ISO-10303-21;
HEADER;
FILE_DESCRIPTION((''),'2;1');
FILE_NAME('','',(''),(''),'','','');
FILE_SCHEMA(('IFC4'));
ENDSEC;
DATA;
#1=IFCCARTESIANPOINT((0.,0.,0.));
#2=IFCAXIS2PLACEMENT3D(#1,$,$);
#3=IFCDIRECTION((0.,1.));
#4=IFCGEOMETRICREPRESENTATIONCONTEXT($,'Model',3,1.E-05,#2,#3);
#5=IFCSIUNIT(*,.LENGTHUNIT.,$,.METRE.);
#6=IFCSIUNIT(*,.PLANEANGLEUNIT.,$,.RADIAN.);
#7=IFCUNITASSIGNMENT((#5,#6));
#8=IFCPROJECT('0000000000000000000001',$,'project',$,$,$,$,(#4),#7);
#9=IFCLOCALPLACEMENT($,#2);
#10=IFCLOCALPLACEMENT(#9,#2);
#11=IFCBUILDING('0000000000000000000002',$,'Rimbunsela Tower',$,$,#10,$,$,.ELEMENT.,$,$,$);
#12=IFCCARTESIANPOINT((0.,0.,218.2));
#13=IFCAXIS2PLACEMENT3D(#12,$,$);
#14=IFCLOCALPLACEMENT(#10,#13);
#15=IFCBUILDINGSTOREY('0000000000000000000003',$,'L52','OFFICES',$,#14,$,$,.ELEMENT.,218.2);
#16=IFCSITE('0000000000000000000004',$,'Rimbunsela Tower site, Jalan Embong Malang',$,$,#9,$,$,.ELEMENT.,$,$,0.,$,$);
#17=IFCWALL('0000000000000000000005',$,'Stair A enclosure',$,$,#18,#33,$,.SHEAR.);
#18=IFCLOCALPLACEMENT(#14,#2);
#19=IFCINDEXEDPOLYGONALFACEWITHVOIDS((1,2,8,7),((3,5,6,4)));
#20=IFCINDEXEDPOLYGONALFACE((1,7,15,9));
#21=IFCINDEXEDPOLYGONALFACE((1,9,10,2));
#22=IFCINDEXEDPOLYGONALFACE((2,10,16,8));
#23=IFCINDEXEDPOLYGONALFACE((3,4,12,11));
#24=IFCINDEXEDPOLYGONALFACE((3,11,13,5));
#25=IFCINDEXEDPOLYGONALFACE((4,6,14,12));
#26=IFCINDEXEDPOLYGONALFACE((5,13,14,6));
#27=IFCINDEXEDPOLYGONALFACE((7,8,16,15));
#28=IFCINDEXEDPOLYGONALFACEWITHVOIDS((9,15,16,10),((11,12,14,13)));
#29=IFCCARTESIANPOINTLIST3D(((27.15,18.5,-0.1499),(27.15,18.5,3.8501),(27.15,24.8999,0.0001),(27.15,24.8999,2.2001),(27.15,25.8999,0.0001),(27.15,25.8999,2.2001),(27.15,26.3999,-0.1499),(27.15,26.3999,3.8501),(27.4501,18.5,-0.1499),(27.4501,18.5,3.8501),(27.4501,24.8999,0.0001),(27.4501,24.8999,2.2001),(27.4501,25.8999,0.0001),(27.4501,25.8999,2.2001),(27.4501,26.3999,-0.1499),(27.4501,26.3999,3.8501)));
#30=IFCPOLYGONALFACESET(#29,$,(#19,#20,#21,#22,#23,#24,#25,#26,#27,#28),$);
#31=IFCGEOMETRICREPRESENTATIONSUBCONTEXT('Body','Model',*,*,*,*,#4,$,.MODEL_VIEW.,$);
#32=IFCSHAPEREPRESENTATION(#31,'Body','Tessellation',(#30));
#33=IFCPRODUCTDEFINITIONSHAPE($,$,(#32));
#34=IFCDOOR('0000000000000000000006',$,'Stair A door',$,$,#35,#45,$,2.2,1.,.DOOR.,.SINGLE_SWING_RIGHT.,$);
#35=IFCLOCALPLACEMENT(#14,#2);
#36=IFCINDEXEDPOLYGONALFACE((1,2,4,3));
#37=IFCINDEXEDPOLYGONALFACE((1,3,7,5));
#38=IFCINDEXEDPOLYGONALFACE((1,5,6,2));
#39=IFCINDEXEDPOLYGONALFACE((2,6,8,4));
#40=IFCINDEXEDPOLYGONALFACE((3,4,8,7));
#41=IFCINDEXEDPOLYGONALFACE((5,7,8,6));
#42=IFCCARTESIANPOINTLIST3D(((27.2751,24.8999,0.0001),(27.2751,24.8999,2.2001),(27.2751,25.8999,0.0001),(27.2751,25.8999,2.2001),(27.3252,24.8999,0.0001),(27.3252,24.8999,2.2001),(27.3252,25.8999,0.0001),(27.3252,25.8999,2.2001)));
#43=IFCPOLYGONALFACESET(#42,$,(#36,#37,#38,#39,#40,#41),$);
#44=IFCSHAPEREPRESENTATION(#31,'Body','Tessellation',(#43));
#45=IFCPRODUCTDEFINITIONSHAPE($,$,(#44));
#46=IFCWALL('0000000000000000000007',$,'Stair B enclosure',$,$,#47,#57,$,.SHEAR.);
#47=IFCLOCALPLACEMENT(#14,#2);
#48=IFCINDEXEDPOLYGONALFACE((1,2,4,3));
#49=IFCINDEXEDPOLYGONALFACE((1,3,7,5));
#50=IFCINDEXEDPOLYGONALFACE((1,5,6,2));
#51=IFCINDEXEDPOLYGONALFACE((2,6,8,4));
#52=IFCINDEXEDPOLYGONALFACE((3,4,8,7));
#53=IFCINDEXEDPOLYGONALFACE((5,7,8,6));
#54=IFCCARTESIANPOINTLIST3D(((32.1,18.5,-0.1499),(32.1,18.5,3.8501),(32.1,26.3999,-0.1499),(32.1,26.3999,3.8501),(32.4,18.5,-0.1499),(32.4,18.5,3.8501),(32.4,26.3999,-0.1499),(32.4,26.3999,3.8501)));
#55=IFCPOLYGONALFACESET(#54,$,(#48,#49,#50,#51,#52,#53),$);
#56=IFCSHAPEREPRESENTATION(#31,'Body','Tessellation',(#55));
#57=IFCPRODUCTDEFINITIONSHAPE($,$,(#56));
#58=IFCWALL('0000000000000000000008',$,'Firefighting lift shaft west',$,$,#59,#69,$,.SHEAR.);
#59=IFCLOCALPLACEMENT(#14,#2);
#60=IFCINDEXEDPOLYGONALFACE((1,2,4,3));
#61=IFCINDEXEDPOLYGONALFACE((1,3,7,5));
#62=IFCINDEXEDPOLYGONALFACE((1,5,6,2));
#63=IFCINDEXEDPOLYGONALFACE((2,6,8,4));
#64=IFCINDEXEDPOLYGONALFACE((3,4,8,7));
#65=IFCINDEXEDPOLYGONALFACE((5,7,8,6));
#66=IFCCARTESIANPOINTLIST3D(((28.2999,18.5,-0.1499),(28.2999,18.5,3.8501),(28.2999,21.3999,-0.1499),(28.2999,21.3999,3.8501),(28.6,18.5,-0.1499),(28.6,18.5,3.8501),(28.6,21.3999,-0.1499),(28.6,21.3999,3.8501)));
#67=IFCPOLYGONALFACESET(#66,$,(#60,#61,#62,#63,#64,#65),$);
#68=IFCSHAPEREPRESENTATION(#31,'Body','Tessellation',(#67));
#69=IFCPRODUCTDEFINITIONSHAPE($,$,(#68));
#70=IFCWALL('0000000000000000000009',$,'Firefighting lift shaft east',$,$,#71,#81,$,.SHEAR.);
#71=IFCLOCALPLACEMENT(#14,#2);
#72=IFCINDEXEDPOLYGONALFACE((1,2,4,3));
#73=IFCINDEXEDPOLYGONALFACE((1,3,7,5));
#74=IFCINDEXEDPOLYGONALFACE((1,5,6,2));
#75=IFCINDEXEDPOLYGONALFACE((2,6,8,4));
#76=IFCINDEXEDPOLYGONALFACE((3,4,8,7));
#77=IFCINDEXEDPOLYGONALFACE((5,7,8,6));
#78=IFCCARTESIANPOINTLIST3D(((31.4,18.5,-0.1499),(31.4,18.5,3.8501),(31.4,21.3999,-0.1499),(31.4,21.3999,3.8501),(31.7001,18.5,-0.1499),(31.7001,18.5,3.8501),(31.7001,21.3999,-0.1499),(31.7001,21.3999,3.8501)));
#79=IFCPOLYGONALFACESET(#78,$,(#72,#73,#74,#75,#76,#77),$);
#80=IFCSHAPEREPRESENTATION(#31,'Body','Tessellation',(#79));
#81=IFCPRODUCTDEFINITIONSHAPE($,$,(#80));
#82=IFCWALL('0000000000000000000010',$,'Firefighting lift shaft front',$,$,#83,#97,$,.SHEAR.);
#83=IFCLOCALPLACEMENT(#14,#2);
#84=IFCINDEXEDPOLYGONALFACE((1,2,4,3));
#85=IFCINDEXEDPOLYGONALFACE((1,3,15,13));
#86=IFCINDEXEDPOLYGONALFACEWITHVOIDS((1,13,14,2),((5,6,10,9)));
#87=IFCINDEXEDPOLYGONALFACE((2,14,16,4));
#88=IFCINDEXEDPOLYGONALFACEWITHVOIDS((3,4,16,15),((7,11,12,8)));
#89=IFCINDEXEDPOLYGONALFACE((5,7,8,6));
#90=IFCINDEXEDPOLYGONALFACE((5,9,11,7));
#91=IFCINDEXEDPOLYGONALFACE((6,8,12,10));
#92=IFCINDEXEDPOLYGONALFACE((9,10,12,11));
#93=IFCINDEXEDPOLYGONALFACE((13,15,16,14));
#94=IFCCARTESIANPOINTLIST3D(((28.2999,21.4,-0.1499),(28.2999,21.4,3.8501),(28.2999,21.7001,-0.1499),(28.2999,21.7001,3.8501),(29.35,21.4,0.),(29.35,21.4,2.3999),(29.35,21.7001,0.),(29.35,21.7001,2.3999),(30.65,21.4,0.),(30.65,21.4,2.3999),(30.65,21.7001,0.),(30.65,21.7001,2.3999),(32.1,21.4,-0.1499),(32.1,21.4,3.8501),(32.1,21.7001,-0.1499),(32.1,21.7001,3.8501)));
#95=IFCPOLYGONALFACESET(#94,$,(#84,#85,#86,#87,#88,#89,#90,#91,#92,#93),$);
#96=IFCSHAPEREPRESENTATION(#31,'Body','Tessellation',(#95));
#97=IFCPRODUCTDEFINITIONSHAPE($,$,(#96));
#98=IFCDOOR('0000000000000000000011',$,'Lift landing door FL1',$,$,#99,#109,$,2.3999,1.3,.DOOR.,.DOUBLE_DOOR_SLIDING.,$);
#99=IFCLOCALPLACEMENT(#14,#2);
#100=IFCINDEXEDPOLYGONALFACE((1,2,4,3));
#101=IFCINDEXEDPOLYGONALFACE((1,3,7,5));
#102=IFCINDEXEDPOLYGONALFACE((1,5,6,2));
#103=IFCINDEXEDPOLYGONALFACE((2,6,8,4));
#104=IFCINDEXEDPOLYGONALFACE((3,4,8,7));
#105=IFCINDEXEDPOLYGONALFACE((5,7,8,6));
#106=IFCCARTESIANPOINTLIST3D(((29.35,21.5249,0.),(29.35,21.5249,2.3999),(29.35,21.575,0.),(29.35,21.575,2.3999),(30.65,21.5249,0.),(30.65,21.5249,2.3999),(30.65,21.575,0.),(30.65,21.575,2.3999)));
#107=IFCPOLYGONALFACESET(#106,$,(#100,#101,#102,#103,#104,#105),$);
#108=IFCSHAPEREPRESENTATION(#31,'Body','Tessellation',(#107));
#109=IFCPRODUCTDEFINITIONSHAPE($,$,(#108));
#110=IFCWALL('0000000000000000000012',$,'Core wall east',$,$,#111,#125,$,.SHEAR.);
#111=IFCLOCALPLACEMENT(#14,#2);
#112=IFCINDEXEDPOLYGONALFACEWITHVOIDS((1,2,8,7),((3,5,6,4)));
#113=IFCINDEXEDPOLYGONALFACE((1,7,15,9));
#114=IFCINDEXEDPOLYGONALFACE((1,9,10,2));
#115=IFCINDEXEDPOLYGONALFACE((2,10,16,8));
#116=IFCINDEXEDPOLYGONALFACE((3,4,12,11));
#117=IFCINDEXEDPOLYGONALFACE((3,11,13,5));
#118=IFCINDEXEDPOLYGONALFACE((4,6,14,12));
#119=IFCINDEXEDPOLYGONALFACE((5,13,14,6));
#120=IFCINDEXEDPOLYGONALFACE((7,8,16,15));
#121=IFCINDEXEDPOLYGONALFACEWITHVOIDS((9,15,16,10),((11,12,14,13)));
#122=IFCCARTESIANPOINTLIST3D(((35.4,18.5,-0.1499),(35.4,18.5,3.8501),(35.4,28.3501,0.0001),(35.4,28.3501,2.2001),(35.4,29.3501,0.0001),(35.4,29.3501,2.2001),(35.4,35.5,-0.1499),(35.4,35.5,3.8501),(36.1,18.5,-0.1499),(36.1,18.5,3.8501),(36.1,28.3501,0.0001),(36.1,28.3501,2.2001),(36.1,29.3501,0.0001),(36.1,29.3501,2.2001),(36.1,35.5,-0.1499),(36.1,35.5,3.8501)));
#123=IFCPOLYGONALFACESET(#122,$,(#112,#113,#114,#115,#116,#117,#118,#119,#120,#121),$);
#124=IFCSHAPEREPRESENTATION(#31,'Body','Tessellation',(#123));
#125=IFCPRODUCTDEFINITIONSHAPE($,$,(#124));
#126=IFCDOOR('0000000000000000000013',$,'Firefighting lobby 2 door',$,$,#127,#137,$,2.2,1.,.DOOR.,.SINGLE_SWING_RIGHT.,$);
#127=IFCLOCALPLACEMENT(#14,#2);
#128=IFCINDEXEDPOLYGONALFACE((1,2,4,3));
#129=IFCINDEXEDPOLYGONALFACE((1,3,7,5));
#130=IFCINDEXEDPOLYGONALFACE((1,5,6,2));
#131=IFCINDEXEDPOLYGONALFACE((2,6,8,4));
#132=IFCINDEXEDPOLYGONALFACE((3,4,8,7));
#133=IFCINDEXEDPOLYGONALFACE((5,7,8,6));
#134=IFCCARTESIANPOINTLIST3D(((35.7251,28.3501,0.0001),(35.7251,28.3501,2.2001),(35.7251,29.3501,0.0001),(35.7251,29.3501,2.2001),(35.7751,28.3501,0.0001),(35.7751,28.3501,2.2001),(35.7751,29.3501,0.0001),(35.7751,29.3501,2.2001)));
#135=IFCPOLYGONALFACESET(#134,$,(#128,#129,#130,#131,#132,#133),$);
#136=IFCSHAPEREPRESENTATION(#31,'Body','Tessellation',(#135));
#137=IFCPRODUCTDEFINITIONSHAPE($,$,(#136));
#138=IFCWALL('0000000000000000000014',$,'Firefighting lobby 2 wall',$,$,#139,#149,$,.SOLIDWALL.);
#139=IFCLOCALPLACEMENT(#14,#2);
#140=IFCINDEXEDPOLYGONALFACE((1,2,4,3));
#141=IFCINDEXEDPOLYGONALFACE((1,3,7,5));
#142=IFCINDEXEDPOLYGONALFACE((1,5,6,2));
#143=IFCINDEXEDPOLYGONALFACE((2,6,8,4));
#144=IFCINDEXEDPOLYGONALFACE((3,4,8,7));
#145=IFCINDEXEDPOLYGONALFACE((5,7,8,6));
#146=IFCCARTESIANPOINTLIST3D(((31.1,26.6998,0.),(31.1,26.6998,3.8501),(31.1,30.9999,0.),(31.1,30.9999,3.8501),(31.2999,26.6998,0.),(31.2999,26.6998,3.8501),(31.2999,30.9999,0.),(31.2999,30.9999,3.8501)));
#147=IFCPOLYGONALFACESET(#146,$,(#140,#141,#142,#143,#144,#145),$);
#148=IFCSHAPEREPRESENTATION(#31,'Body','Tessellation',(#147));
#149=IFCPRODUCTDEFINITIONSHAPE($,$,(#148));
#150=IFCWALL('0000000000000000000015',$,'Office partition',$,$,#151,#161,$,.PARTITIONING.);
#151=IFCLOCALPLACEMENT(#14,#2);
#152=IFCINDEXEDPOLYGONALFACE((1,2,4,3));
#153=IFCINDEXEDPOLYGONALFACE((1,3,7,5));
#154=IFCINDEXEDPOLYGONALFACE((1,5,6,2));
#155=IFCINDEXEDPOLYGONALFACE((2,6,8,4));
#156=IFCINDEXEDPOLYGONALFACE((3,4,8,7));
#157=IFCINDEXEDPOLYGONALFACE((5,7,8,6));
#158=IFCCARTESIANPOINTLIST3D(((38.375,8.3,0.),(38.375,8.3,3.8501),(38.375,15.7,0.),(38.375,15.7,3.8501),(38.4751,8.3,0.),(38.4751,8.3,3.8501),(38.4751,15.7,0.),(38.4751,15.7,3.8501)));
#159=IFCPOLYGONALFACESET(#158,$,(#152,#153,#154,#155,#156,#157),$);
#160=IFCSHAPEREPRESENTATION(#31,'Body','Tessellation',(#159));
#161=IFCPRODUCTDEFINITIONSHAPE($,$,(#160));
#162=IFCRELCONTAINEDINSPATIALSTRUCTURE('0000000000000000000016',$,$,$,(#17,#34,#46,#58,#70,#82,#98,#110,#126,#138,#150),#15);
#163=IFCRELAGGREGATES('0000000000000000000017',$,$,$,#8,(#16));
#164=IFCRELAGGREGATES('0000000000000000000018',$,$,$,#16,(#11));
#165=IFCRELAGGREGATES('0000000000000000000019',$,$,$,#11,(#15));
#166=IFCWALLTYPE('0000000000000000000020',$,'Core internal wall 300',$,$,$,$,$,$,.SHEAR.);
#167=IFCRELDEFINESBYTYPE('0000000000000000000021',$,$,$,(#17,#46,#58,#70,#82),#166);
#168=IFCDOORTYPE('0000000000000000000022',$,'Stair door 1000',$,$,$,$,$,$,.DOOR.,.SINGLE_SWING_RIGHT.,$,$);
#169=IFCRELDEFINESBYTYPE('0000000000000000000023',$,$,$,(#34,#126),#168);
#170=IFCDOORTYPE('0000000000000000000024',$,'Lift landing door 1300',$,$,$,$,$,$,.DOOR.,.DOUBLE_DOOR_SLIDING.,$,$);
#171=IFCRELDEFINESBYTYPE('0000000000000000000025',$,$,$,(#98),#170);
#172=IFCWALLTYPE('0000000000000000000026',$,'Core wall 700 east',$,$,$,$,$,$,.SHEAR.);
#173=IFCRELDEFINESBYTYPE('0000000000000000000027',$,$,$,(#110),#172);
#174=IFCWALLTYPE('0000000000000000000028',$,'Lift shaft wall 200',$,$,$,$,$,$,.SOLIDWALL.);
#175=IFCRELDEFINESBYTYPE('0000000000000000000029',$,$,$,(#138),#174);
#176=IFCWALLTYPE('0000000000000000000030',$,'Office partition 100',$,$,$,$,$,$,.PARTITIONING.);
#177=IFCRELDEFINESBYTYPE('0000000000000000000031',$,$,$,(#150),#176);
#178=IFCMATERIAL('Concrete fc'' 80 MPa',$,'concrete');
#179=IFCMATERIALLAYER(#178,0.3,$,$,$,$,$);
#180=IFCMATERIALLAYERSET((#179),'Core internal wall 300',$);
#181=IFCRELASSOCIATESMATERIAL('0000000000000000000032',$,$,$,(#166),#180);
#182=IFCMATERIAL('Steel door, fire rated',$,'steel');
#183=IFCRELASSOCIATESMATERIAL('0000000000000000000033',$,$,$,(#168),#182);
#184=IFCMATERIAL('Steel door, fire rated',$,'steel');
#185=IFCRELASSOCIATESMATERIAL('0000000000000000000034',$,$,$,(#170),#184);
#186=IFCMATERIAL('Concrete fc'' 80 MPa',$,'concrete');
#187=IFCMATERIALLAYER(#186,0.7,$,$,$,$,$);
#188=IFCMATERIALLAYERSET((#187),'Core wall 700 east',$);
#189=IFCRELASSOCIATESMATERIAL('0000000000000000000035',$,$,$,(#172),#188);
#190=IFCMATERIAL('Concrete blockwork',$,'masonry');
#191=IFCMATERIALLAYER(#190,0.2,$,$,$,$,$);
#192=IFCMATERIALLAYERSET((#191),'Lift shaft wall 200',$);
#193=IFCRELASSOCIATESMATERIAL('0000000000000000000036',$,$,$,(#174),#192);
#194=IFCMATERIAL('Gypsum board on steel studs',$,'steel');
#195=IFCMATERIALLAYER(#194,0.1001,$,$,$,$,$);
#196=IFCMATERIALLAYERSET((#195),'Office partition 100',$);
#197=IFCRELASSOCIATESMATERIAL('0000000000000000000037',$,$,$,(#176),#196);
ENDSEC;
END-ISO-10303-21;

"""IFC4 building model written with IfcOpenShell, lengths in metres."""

from ifc_helpers import new_model, si_unit, direction, frame, frame_2d, origin, place, context, subcontext, project, spatial, rectangle, extrude, material, layer, layer_set, type_object, element, fill, save


model = new_model("IFC4")

# Units and contexts
model_context = context("Model", 3, precision=1e-05, world=origin(), true_north=direction((0.0, 1.0)))
body_context = subcontext(model_context, "Body", "Model", "MODEL_VIEW")
ifc_project = project(units=[si_unit("LENGTHUNIT", "METRE"), si_unit("PLANEANGLEUNIT", "RADIAN")], contexts=[model_context])

# Site, building, storey
site_placement = place(None, origin())
site = spatial("IfcSite", under=ifc_project, at=site_placement, Name="Rimbunsela Tower site, Jalan Embong Malang", CompositionType="ELEMENT", RefElevation=0.0)
building_placement = place(site_placement, origin())
building = spatial("IfcBuilding", under=site, at=building_placement, Name="Rimbunsela Tower", CompositionType="ELEMENT")
storey_placement = place(building_placement, frame((0.0, 0.0, 218.2)))
storey = spatial("IfcBuildingStorey", under=building, at=storey_placement, Name="L52", Description="OFFICES", CompositionType="ELEMENT", Elevation=218.2)

# Shared definitions
ifc_material_1 = material(Name="Concrete fc' 80 MPa", Category="concrete")
ifc_layer_1 = layer(ifc_material_1, 0.3)
ifc_layer_set_1 = layer_set([ifc_layer_1], Name="Core internal wall 300")
wall_type_1 = type_object("IfcWallType", Name="Core internal wall 300", PredefinedType="SHEAR", material=ifc_layer_set_1)

# Shared definitions
ifc_material_2 = material(Name="Steel door, fire rated", Category="steel")
door_type_1 = type_object("IfcDoorType", Name="Stair door 1000", OperationType="SINGLE_SWING_RIGHT", PredefinedType="DOOR", material=ifc_material_2)

# Wall, opening, door
wall_1_placement = place(storey_placement, frame((27.3, 18.5, -0.1499), z_axis=(0.0, 0.0, 1.0), x_axis=(0.0, 1.0, 0.0)))
wall_1 = element("IfcWall", 1, at=wall_1_placement, inside=storey, type_object=wall_type_1, Name="Stair A enclosure", PredefinedType="SHEAR", context=body_context, shape_type="SweptSolid", body=[
    extrude(rectangle(XDim=7.8999, YDim=0.3, at=frame_2d((3.95, 0.0))), origin(), (0.0, 0.0, 1.0), 4.0),
])
opening_1_placement = place(wall_1_placement, frame((6.3999, 0.0, 0.1499)))
opening_1 = element("IfcOpeningElement", 2, at=opening_1_placement, cuts=wall_1, PredefinedType="OPENING", context=body_context, shape_type="SweptSolid", body=[
    extrude(rectangle(XDim=1.0, YDim=2.2, at=frame_2d((0.5, 1.1001))), frame((0.0, 0.1599, 0.0), z_axis=(0.0, -1.0, 0.0), x_axis=(1.0, 0.0, 0.0)), (0.0, 0.0, 1.0), 0.3201),
])
door_1_placement = place(opening_1_placement, origin())
door_1 = element("IfcDoor", 3, at=door_1_placement, inside=storey, type_object=door_type_1, Name="Stair A door", OperationType="SINGLE_SWING_RIGHT", OverallHeight=2.2, OverallWidth=1.0, PredefinedType="DOOR", context=body_context, shape_type="SweptSolid", body=[
    extrude(rectangle(XDim=1.0, YDim=2.2, at=frame_2d((0.5, 1.1001))), frame((0.0, 0.0249, 0.0), z_axis=(0.0, -1.0, 0.0), x_axis=(1.0, 0.0, 0.0)), (0.0, 0.0, 1.0), 0.05),
])
fill(opening_1, door_1)

# Walls
wall_2_placement = place(storey_placement, frame((32.25, 18.5, -0.1499), z_axis=(0.0, 0.0, 1.0), x_axis=(0.0, 1.0, 0.0)))
element("IfcWall", 4, at=wall_2_placement, inside=storey, type_object=wall_type_1, Name="Stair B enclosure", PredefinedType="SHEAR", context=body_context, shape_type="SweptSolid", body=[
    extrude(rectangle(XDim=7.8999, YDim=0.3, at=frame_2d((3.95, 0.0))), origin(), (0.0, 0.0, 1.0), 4.0),
])
for number, where, z_axis, x_axis, name in (
    (5, (28.45, 18.5, -0.1499), (0.0, 0.0, 1.0), (0.0, 1.0, 0.0), "Firefighting lift shaft west"),
    (6, (31.55, 18.5, -0.1499), (0.0, 0.0, 1.0), (0.0, 1.0, 0.0), "Firefighting lift shaft east"),
):
    element("IfcWall", number, at=place(storey_placement, frame(where, z_axis=z_axis, x_axis=x_axis)), inside=storey, type_object=wall_type_1, Name=name, PredefinedType="SHEAR", context=body_context, shape_type="SweptSolid", body=[
        extrude(rectangle(XDim=2.8999, YDim=0.3, at=frame_2d((1.45, 0.0))), origin(), (0.0, 0.0, 1.0), 4.0),
    ])

# Walls, openings, doors
wall_3_placement = place(storey_placement, frame((28.3, 21.55, -0.1499), z_axis=(0.0, 0.0, 1.0), x_axis=(1.0, 0.0, 0.0)))
wall_3 = element("IfcWall", 7, at=wall_3_placement, inside=storey, type_object=wall_type_1, Name="Firefighting lift shaft front", PredefinedType="SHEAR", context=body_context, shape_type="SweptSolid", body=[
    extrude(rectangle(XDim=3.8, YDim=0.3, at=frame_2d((1.8999, 0.0))), origin(), (0.0, 0.0, 1.0), 4.0),
])
opening_2_placement = place(wall_3_placement, frame((1.05, 0.0, 0.1499)))
opening_2 = element("IfcOpeningElement", 8, at=opening_2_placement, cuts=wall_3, PredefinedType="OPENING", context=body_context, shape_type="SweptSolid", body=[
    extrude(rectangle(XDim=1.3, YDim=2.3999, at=frame_2d((0.6499, 1.2))), frame((0.0, 0.1599, 0.0), z_axis=(0.0, -1.0, 0.0), x_axis=(1.0, 0.0, 0.0)), (0.0, 0.0, 1.0), 0.3201),
])
ifc_material_3 = material(Name="Steel door, fire rated", Category="steel")
door_type_2 = type_object("IfcDoorType", Name="Lift landing door 1300", OperationType="DOUBLE_DOOR_SLIDING", PredefinedType="DOOR", material=ifc_material_3)
door_2_placement = place(opening_2_placement, origin())
door_2 = element("IfcDoor", 9, at=door_2_placement, inside=storey, type_object=door_type_2, Name="Lift landing door FL1", OperationType="DOUBLE_DOOR_SLIDING", OverallHeight=2.3999, OverallWidth=1.3, PredefinedType="DOOR", context=body_context, shape_type="SweptSolid", body=[
    extrude(rectangle(XDim=1.3, YDim=2.3999, at=frame_2d((0.6499, 1.2))), frame((0.0, 0.0249, 0.0), z_axis=(0.0, -1.0, 0.0), x_axis=(1.0, 0.0, 0.0)), (0.0, 0.0, 1.0), 0.05),
])
fill(opening_2, door_2)
ifc_material_4 = material(Name="Concrete fc' 80 MPa", Category="concrete")
ifc_layer_2 = layer(ifc_material_4, 0.7)
ifc_layer_set_2 = layer_set([ifc_layer_2], Name="Core wall 700 east")
wall_type_2 = type_object("IfcWallType", Name="Core wall 700 east", PredefinedType="SHEAR", material=ifc_layer_set_2)
wall_4_placement = place(storey_placement, frame((35.75, 18.5, -0.1499), z_axis=(0.0, 0.0, 1.0), x_axis=(0.0, 1.0, 0.0)))
wall_4 = element("IfcWall", 10, at=wall_4_placement, inside=storey, type_object=wall_type_2, Name="Core wall east", PredefinedType="SHEAR", context=body_context, shape_type="SweptSolid", body=[
    extrude(rectangle(XDim=17.0, YDim=0.7, at=frame_2d((8.5, 0.0))), origin(), (0.0, 0.0, 1.0), 4.0),
])
opening_3_placement = place(wall_4_placement, frame((9.8501, 0.0, 0.1499)))
opening_3 = element("IfcOpeningElement", 11, at=opening_3_placement, cuts=wall_4, PredefinedType="OPENING", context=body_context, shape_type="SweptSolid", body=[
    extrude(rectangle(XDim=1.0, YDim=2.2, at=frame_2d((0.5, 1.1001))), frame((0.0, 0.3599, 0.0), z_axis=(0.0, -1.0, 0.0), x_axis=(1.0, 0.0, 0.0)), (0.0, 0.0, 1.0), 0.72),
])
door_3_placement = place(opening_3_placement, origin())
door_3 = element("IfcDoor", 12, at=door_3_placement, inside=storey, type_object=door_type_1, Name="Firefighting lobby 2 door", OperationType="SINGLE_SWING_RIGHT", OverallHeight=2.2, OverallWidth=1.0, PredefinedType="DOOR", context=body_context, shape_type="SweptSolid", body=[
    extrude(rectangle(XDim=1.0, YDim=2.2, at=frame_2d((0.5, 1.1001))), frame((0.0, 0.0249, 0.0), z_axis=(0.0, -1.0, 0.0), x_axis=(1.0, 0.0, 0.0)), (0.0, 0.0, 1.0), 0.05),
])
fill(opening_3, door_3)

# Walls
ifc_material_5 = material(Name="Concrete blockwork", Category="masonry")
ifc_layer_3 = layer(ifc_material_5, 0.2)
ifc_layer_set_3 = layer_set([ifc_layer_3], Name="Lift shaft wall 200")
wall_type_3 = type_object("IfcWallType", Name="Lift shaft wall 200", PredefinedType="SOLIDWALL", material=ifc_layer_set_3)
wall_5_placement = place(storey_placement, frame((31.2, 26.7, 0.0), z_axis=(0.0, 0.0, 1.0), x_axis=(0.0, 1.0, 0.0)))
element("IfcWall", 13, at=wall_5_placement, inside=storey, type_object=wall_type_3, Name="Firefighting lobby 2 wall", PredefinedType="SOLIDWALL", context=body_context, shape_type="SweptSolid", body=[
    extrude(rectangle(XDim=4.3, YDim=0.2, at=frame_2d((2.1499, 0.0))), origin(), (0.0, 0.0, 1.0), 3.8501),
])
ifc_material_6 = material(Name="Gypsum board on steel studs", Category="steel")
ifc_layer_4 = layer(ifc_material_6, 0.1001)
ifc_layer_set_4 = layer_set([ifc_layer_4], Name="Office partition 100")
wall_type_4 = type_object("IfcWallType", Name="Office partition 100", PredefinedType="PARTITIONING", material=ifc_layer_set_4)
wall_6_placement = place(storey_placement, frame((38.425, 15.7, 0.0), z_axis=(0.0, 0.0, 1.0), x_axis=(0.0, -1.0, 0.0)))
element("IfcWall", 14, at=wall_6_placement, inside=storey, type_object=wall_type_4, Name="Office partition", PredefinedType="PARTITIONING", context=body_context, shape_type="SweptSolid", body=[
    extrude(rectangle(XDim=7.3999, YDim=0.1001, at=frame_2d((3.7, 0.0))), origin(), (0.0, 0.0, 1.0), 3.8501),
])

save(model, "model.ifc")
